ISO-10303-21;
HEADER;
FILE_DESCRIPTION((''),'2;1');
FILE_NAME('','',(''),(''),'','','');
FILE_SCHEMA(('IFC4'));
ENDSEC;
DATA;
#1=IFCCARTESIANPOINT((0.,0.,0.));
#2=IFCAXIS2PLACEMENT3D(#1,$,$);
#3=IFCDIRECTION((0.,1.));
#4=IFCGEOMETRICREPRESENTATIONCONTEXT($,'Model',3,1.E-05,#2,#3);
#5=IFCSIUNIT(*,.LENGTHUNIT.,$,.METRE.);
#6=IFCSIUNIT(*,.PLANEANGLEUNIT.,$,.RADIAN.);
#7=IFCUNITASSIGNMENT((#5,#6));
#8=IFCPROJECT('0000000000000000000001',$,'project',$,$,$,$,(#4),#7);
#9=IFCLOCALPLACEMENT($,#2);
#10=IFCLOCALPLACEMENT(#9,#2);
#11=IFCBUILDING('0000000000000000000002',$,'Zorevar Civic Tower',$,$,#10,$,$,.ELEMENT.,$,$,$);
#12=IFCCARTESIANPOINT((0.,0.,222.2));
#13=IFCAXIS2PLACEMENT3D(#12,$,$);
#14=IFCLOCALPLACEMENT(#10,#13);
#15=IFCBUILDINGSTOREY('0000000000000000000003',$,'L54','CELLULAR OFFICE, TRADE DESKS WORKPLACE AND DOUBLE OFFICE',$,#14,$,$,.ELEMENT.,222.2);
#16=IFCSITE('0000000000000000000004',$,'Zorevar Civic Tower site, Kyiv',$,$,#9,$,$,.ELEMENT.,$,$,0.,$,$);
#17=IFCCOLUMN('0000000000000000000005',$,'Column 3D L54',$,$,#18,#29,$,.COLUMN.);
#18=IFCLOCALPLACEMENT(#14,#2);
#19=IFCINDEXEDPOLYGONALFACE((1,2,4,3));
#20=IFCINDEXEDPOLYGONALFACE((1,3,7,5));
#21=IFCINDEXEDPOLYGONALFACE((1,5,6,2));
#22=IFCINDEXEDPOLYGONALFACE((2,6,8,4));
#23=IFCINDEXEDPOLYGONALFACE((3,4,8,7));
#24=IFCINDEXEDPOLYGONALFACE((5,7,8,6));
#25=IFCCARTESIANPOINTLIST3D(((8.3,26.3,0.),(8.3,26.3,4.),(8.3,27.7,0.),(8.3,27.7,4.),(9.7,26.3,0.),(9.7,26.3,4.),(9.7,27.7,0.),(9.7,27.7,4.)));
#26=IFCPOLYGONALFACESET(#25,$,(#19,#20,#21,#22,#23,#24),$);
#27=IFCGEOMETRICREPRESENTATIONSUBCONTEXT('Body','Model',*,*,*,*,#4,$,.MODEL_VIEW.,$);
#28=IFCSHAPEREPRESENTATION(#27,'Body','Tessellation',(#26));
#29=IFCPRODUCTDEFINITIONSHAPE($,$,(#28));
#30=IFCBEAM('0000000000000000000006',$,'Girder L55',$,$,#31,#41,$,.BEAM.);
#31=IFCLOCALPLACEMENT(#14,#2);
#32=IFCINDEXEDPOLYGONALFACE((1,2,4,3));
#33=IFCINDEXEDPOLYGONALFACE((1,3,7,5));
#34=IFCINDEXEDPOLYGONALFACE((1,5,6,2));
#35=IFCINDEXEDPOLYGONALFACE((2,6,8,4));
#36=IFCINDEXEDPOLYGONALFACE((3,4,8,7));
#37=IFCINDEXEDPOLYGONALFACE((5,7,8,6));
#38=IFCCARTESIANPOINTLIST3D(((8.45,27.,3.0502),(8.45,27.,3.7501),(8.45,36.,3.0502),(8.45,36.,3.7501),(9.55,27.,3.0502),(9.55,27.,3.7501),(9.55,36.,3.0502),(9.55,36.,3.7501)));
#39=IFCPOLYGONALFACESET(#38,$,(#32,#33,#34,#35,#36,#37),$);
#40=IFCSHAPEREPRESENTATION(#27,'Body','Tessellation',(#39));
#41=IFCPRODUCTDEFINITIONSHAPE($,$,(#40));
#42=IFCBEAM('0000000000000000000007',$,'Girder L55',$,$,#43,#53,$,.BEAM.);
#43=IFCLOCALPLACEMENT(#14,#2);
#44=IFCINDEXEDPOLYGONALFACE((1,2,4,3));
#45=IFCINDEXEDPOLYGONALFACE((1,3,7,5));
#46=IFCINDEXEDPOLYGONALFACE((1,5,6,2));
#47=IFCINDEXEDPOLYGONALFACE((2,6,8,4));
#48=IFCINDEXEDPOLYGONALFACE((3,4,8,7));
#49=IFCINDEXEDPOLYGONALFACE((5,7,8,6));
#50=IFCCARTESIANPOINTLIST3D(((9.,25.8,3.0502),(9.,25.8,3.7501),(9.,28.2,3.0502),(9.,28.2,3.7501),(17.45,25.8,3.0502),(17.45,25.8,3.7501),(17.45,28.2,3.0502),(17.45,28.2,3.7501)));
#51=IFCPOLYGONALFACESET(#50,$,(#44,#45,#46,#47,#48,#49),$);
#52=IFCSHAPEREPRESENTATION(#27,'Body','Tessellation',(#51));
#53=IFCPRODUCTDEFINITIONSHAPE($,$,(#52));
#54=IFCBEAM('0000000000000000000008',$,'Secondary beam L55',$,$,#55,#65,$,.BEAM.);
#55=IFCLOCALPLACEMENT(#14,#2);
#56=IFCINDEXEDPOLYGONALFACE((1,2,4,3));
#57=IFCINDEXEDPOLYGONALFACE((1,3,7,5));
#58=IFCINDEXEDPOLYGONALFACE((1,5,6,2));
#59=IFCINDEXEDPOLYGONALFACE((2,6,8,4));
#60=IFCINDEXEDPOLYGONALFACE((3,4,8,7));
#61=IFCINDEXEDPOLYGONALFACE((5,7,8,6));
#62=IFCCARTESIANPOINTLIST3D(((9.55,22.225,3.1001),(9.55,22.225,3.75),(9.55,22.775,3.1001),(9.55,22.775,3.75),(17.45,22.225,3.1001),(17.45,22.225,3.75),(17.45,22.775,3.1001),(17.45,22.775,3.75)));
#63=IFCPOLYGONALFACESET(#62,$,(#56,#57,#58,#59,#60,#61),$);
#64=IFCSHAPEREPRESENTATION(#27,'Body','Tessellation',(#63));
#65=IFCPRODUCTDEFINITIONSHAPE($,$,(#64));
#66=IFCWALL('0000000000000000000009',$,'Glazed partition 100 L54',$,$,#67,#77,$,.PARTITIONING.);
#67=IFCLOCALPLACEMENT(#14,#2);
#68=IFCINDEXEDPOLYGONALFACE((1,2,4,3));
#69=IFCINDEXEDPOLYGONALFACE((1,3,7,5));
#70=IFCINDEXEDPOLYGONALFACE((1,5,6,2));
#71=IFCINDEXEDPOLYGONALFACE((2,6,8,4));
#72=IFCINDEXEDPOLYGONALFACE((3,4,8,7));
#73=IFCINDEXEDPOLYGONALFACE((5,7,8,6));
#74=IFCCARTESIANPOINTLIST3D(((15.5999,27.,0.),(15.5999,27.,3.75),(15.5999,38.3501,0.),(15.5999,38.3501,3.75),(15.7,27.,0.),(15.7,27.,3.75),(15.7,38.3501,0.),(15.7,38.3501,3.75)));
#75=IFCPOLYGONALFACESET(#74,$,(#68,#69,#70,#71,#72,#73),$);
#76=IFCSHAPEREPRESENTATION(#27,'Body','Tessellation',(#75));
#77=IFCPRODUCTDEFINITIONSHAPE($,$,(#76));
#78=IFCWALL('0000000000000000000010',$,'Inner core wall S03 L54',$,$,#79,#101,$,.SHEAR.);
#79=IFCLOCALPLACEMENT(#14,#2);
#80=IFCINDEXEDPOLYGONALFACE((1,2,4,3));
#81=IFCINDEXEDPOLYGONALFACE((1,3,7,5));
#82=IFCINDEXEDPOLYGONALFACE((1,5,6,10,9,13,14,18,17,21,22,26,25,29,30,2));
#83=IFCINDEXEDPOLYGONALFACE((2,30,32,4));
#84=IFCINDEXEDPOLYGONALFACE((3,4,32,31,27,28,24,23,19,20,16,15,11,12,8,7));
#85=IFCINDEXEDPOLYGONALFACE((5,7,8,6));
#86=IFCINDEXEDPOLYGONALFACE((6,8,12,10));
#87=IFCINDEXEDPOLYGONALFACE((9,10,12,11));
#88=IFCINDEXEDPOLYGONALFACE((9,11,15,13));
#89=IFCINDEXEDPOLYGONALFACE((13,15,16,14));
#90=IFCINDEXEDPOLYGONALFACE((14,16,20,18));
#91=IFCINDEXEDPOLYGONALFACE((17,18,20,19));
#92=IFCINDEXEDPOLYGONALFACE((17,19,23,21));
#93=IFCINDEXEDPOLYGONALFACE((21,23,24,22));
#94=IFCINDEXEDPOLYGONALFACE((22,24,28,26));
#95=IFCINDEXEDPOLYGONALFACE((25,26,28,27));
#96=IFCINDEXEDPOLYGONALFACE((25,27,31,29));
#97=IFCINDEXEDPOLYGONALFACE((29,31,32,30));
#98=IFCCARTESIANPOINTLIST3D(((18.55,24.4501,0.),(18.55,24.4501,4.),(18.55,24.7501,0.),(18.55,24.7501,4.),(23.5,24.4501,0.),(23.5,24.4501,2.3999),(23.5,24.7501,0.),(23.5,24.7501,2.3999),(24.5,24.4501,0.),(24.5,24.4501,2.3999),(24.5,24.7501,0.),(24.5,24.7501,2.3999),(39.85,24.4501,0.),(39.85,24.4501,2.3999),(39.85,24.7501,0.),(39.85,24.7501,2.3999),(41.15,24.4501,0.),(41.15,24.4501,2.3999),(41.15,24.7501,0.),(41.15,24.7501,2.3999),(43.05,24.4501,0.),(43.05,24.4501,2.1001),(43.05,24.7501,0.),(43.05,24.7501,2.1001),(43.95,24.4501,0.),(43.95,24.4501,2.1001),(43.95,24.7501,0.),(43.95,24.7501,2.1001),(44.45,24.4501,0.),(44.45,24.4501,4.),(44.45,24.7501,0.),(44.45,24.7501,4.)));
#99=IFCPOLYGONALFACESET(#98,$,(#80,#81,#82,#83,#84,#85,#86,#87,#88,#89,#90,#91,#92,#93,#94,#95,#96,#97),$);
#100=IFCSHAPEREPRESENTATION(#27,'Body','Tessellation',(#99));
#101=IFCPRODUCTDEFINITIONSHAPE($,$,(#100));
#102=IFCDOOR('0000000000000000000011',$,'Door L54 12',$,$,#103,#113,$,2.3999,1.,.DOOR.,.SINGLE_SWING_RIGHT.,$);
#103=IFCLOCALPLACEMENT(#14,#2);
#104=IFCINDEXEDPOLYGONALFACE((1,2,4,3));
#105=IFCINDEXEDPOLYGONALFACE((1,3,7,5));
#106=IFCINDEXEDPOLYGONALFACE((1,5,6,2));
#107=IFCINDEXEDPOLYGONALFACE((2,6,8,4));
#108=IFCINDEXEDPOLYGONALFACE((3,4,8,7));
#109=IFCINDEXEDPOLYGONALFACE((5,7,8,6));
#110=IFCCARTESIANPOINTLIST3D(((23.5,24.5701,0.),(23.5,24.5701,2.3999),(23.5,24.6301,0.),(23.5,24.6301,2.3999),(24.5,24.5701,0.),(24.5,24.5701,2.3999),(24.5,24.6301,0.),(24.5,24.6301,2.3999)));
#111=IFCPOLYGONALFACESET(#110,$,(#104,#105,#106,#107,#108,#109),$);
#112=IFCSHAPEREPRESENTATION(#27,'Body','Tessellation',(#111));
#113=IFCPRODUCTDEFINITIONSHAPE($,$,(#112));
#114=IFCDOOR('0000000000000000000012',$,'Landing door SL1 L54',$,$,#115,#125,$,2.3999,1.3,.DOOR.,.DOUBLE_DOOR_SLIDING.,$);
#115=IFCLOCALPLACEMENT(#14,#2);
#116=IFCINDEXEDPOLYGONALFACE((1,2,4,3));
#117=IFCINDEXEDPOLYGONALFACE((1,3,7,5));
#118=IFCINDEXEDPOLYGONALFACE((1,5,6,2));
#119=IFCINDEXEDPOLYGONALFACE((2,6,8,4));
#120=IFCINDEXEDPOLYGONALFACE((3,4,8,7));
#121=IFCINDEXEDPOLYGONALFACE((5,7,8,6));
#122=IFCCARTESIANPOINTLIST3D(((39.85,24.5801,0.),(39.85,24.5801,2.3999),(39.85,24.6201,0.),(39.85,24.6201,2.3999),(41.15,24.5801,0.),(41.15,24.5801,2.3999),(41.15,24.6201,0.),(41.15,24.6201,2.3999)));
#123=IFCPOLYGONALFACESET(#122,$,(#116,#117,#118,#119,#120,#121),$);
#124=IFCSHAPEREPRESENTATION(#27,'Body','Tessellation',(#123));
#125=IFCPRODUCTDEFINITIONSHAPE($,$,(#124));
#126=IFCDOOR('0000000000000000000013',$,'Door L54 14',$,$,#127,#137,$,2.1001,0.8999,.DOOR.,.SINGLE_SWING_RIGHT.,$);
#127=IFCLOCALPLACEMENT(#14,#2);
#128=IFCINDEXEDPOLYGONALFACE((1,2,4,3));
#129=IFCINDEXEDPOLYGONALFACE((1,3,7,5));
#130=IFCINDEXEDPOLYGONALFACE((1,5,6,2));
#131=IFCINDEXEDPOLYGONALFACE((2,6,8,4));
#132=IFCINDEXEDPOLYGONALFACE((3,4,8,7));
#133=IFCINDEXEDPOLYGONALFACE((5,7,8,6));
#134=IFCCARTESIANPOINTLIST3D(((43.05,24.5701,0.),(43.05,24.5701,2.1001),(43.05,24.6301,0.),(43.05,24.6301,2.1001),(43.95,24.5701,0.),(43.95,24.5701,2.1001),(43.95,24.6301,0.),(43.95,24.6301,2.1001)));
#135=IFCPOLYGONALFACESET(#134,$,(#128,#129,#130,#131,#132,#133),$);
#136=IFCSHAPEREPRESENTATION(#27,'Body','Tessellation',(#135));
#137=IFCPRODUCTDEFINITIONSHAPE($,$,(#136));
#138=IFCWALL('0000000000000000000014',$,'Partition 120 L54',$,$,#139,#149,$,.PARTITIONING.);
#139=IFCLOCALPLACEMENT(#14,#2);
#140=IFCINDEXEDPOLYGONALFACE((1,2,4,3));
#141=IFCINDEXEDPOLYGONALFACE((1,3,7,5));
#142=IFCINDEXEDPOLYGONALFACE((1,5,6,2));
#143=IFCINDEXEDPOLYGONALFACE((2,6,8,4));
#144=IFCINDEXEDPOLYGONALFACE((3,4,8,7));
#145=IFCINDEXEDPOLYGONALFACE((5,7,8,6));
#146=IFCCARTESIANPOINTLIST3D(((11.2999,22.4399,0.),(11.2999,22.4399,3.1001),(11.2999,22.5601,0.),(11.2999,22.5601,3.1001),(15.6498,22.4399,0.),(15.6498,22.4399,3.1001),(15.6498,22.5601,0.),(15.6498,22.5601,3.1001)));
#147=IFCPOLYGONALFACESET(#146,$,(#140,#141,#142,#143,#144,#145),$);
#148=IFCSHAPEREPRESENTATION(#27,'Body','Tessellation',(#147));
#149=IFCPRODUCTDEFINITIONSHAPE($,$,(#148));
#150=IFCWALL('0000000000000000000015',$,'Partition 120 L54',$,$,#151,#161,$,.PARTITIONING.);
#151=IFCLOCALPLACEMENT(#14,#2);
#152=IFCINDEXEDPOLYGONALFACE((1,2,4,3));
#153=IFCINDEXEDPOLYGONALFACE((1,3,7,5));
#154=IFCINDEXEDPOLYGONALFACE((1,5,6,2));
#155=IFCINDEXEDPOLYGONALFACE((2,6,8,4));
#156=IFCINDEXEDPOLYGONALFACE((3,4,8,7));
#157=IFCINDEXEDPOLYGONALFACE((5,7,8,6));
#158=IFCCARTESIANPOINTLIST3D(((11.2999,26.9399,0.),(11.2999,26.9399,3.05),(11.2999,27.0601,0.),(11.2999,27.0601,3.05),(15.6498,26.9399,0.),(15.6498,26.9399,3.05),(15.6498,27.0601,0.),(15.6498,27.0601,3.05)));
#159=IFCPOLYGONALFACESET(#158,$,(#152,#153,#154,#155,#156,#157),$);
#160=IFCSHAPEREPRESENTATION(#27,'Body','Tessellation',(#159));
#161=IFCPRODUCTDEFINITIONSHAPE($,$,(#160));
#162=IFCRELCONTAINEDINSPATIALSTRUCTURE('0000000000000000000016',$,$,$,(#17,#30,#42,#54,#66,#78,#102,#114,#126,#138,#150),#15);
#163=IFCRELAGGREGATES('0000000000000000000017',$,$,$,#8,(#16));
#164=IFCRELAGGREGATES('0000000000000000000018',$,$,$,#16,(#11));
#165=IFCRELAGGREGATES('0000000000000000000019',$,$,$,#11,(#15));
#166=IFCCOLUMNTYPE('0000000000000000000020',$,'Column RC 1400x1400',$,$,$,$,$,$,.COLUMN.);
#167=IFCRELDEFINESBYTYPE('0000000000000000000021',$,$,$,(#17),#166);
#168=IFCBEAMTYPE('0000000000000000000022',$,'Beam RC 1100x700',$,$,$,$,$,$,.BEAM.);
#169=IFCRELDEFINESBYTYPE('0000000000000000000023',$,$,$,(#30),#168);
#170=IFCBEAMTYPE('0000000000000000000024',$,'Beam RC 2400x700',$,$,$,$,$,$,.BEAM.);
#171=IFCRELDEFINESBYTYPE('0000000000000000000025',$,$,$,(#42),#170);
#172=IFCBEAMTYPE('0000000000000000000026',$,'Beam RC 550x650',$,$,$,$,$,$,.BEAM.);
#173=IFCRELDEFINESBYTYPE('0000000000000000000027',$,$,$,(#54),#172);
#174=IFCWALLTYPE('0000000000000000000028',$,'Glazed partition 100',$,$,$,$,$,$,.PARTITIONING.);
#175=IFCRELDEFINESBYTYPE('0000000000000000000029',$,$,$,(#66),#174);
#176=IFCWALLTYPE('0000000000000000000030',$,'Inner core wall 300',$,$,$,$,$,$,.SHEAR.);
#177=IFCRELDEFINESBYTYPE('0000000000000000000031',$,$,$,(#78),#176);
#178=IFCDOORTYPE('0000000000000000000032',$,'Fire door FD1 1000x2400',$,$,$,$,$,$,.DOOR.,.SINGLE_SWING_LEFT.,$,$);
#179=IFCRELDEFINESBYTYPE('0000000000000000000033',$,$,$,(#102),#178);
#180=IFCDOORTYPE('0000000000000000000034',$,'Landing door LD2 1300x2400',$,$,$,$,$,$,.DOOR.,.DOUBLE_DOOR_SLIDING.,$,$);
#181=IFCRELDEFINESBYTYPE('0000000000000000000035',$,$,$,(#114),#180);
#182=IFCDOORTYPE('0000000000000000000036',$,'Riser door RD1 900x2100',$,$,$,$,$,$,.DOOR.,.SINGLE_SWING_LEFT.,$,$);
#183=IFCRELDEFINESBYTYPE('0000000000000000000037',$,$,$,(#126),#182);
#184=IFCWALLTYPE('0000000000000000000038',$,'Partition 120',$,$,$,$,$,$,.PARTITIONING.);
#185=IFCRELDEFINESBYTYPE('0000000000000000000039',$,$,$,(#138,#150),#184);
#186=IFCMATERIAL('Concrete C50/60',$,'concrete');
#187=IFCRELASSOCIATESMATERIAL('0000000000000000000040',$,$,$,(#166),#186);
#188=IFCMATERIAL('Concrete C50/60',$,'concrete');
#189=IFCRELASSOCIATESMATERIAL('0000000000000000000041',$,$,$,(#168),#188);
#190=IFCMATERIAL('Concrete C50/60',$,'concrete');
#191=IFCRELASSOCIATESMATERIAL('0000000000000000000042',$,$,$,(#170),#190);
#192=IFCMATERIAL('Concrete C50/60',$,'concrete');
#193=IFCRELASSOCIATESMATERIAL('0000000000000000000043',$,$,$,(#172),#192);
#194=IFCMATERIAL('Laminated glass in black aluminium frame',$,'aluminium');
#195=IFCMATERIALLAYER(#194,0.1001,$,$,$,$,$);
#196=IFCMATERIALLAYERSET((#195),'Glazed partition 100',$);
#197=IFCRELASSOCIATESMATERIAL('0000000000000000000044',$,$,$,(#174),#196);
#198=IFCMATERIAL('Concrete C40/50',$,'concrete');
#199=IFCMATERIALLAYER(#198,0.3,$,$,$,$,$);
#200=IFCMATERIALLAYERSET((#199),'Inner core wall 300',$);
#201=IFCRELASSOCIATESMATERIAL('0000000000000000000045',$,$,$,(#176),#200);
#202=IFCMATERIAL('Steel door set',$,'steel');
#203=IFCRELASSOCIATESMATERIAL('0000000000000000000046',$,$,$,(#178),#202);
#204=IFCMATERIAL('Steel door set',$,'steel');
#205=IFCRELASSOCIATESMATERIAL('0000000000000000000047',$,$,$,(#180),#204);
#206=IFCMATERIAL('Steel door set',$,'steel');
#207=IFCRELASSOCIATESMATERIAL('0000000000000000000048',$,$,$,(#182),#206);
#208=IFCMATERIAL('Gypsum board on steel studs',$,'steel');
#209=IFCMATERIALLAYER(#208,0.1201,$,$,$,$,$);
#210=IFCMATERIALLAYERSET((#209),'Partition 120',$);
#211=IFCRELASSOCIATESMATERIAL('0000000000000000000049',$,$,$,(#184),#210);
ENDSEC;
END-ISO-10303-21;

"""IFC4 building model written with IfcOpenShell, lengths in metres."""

from ifc_helpers import new_model, si_unit, direction, frame, frame_2d, origin, origin_2d, place, context, subcontext, project, spatial, rectangle, extrude, material, layer, layer_set, material_profile, profile_set, type_object, element, fill, save


model = new_model("IFC4")

# Units and contexts
model_context = context("Model", 3, precision=1e-05, world=origin(), true_north=direction((0.0, 1.0)))
body_context = subcontext(model_context, "Body", "Model", "MODEL_VIEW")
ifc_project = project(units=[si_unit("LENGTHUNIT", "METRE"), si_unit("PLANEANGLEUNIT", "RADIAN")], contexts=[model_context])

# Site, building, storey
site_placement = place(None, origin())
site = spatial("IfcSite", under=ifc_project, at=site_placement, Name="Zorevar Civic Tower site, Kyiv", CompositionType="ELEMENT", RefElevation=0.0)
building_placement = place(site_placement, origin())
building = spatial("IfcBuilding", under=site, at=building_placement, Name="Zorevar Civic Tower", CompositionType="ELEMENT")
storey_placement = place(building_placement, frame((0.0, 0.0, 222.2)))
storey = spatial("IfcBuildingStorey", under=building, at=storey_placement, Name="L54", Description="CELLULAR OFFICE, TRADE DESKS WORKPLACE AND DOUBLE OFFICE", CompositionType="ELEMENT", Elevation=222.2)

# Column
ifc_material_1 = material(Name="Concrete C50/60", Category="concrete")
ifc_material_profile_1 = material_profile(ifc_material_1, rectangle(XDim=1.3999, YDim=1.3999, at=origin_2d()), Name="RC 1400x1400")
ifc_profile_set_1 = profile_set([ifc_material_profile_1], Name="Concrete C50/60")
column_type = type_object("IfcColumnType", Name="Column RC 1400x1400", PredefinedType="COLUMN", material=ifc_profile_set_1)
column_placement = place(storey_placement, frame((9.0, 27.0, 0.0), z_axis=(0.0, 0.0, 1.0), x_axis=(1.0, 0.0, 0.0)))
element("IfcColumn", 1, at=column_placement, inside=storey, type_object=column_type, Name="Column 3D L54", PredefinedType="COLUMN", context=body_context, shape_type="SweptSolid", body=[
    extrude(rectangle(XDim=1.3999, YDim=1.3999, at=origin_2d()), origin(), (0.0, 0.0, 1.0), 4.0),
])

# Beams
ifc_material_2 = material(Name="Concrete C50/60", Category="concrete")
ifc_material_profile_2 = material_profile(ifc_material_2, rectangle(XDim=1.1001, YDim=0.7, at=origin_2d()), Name="RC 1100x700")
ifc_profile_set_2 = profile_set([ifc_material_profile_2], Name="Concrete C50/60")
beam_type_1 = type_object("IfcBeamType", Name="Beam RC 1100x700", PredefinedType="BEAM", material=ifc_profile_set_2)
beam_1_placement = place(storey_placement, frame((9.0, 27.0, 3.4001), z_axis=(0.0, 1.0, 0.0), x_axis=(-1.0, 0.0, 0.0)))
element("IfcBeam", 2, at=beam_1_placement, inside=storey, type_object=beam_type_1, Name="Girder L55", PredefinedType="BEAM", context=body_context, shape_type="SweptSolid", body=[
    extrude(rectangle(XDim=1.1001, YDim=0.7, at=origin_2d()), origin(), (0.0, 0.0, 1.0), 9.0),
])
ifc_material_3 = material(Name="Concrete C50/60", Category="concrete")
ifc_material_profile_3 = material_profile(ifc_material_3, rectangle(XDim=2.3999, YDim=0.7, at=origin_2d()), Name="RC 2400x700")
ifc_profile_set_3 = profile_set([ifc_material_profile_3], Name="Concrete C50/60")
beam_type_2 = type_object("IfcBeamType", Name="Beam RC 2400x700", PredefinedType="BEAM", material=ifc_profile_set_3)
beam_2_placement = place(storey_placement, frame((9.0, 27.0, 3.4001), z_axis=(1.0, 0.0, 0.0), x_axis=(0.0, 1.0, 0.0)))
element("IfcBeam", 3, at=beam_2_placement, inside=storey, type_object=beam_type_2, Name="Girder L55", PredefinedType="BEAM", context=body_context, shape_type="SweptSolid", body=[
    extrude(rectangle(XDim=2.3999, YDim=0.7, at=origin_2d()), origin(), (0.0, 0.0, 1.0), 8.45),
])
ifc_material_4 = material(Name="Concrete C50/60", Category="concrete")
ifc_material_profile_4 = material_profile(ifc_material_4, rectangle(XDim=0.55, YDim=0.6499, at=origin_2d()), Name="RC 550x650")
ifc_profile_set_4 = profile_set([ifc_material_profile_4], Name="Concrete C50/60")
beam_type_3 = type_object("IfcBeamType", Name="Beam RC 550x650", PredefinedType="BEAM", material=ifc_profile_set_4)
beam_3_placement = place(storey_placement, frame((9.55, 22.5, 3.425), z_axis=(1.0, 0.0, 0.0), x_axis=(0.0, 1.0, 0.0)))
element("IfcBeam", 4, at=beam_3_placement, inside=storey, type_object=beam_type_3, Name="Secondary beam L55", PredefinedType="BEAM", context=body_context, shape_type="SweptSolid", body=[
    extrude(rectangle(XDim=0.55, YDim=0.6499, at=origin_2d()), origin(), (0.0, 0.0, 1.0), 7.8999),
])

# Wall
ifc_material_5 = material(Name="Laminated glass in black aluminium frame", Category="aluminium")
ifc_layer_1 = layer(ifc_material_5, 0.1001)
ifc_layer_set_1 = layer_set([ifc_layer_1], Name="Glazed partition 100")
wall_type_1 = type_object("IfcWallType", Name="Glazed partition 100", PredefinedType="PARTITIONING", material=ifc_layer_set_1)
wall_1_placement = place(storey_placement, frame((15.6499, 27.0, 0.0), z_axis=(0.0, 0.0, 1.0), x_axis=(0.0, 1.0, 0.0)))
element("IfcWall", 5, at=wall_1_placement, inside=storey, type_object=wall_type_1, Name="Glazed partition 100 L54", PredefinedType="PARTITIONING", context=body_context, shape_type="SweptSolid", body=[
    extrude(rectangle(XDim=11.3501, YDim=0.1001, at=frame_2d((5.675, 0.0))), origin(), (0.0, 0.0, 1.0), 3.75),
])

# Wall, openings, doors
ifc_material_6 = material(Name="Concrete C40/50", Category="concrete")
ifc_layer_2 = layer(ifc_material_6, 0.3)
ifc_layer_set_2 = layer_set([ifc_layer_2], Name="Inner core wall 300")
wall_type_2 = type_object("IfcWallType", Name="Inner core wall 300", PredefinedType="SHEAR", material=ifc_layer_set_2)
wall_2_placement = place(storey_placement, frame((18.55, 24.6001, 0.0), z_axis=(0.0, 0.0, 1.0), x_axis=(1.0, 0.0, 0.0)))
wall_2 = element("IfcWall", 6, at=wall_2_placement, inside=storey, type_object=wall_type_2, Name="Inner core wall S03 L54", PredefinedType="SHEAR", context=body_context, shape_type="SweptSolid", body=[
    extrude(rectangle(XDim=25.8999, YDim=0.3, at=frame_2d((12.95, 0.0))), origin(), (0.0, 0.0, 1.0), 4.0),
])
opening_1_placement = place(wall_2_placement, frame((4.95, 0.0, 0.0)))
opening_1 = element("IfcOpeningElement", 7, at=opening_1_placement, cuts=wall_2, PredefinedType="OPENING", context=body_context, shape_type="SweptSolid", body=[
    extrude(rectangle(XDim=1.0, YDim=2.3999, at=frame_2d((0.5, 1.2))), frame((0.0, 0.1599, 0.0), z_axis=(0.0, -1.0, 0.0), x_axis=(1.0, 0.0, 0.0)), (0.0, 0.0, 1.0), 0.3201),
])
opening_2_placement = place(wall_2_placement, frame((24.5, 0.0, 0.0)))
opening_2 = element("IfcOpeningElement", 8, at=opening_2_placement, cuts=wall_2, PredefinedType="OPENING", context=body_context, shape_type="SweptSolid", body=[
    extrude(rectangle(XDim=0.8999, YDim=2.1001, at=frame_2d((0.45, 1.05))), frame((0.0, 0.1599, 0.0), z_axis=(0.0, -1.0, 0.0), x_axis=(1.0, 0.0, 0.0)), (0.0, 0.0, 1.0), 0.3201),
])
opening_3_placement = place(wall_2_placement, frame((21.3, 0.0, 0.0)))
opening_3 = element("IfcOpeningElement", 9, at=opening_3_placement, cuts=wall_2, PredefinedType="OPENING", context=body_context, shape_type="SweptSolid", body=[
    extrude(rectangle(XDim=1.3, YDim=2.3999, at=frame_2d((0.6499, 1.2))), frame((0.0, 0.1599, 0.0), z_axis=(0.0, -1.0, 0.0), x_axis=(1.0, 0.0, 0.0)), (0.0, 0.0, 1.0), 0.3201),
])
ifc_material_7 = material(Name="Steel door set", Category="steel")
door_type_1 = type_object("IfcDoorType", Name="Fire door FD1 1000x2400", OperationType="SINGLE_SWING_LEFT", PredefinedType="DOOR", material=ifc_material_7)
door_1_placement = place(opening_1_placement, origin())
door_1 = element("IfcDoor", 10, at=door_1_placement, inside=storey, type_object=door_type_1, Name="Door L54 12", OperationType="SINGLE_SWING_RIGHT", OverallHeight=2.3999, OverallWidth=1.0, PredefinedType="DOOR", context=body_context, shape_type="SweptSolid", body=[
    extrude(rectangle(XDim=1.0, YDim=2.3999, at=frame_2d((0.5, 1.2))), frame((0.0, 0.03, 0.0), z_axis=(0.0, -1.0, 0.0), x_axis=(1.0, 0.0, 0.0)), (0.0, 0.0, 1.0), 0.0601),
])
fill(opening_1, door_1)
ifc_material_8 = material(Name="Steel door set", Category="steel")
door_type_2 = type_object("IfcDoorType", Name="Landing door LD2 1300x2400", OperationType="DOUBLE_DOOR_SLIDING", PredefinedType="DOOR", material=ifc_material_8)
door_2_placement = place(opening_3_placement, origin())
door_2 = element("IfcDoor", 11, at=door_2_placement, inside=storey, type_object=door_type_2, Name="Landing door SL1 L54", OperationType="DOUBLE_DOOR_SLIDING", OverallHeight=2.3999, OverallWidth=1.3, PredefinedType="DOOR", context=body_context, shape_type="SweptSolid", body=[
    extrude(rectangle(XDim=1.3, YDim=2.3999, at=frame_2d((0.6499, 1.2))), frame((0.0, 0.02, 0.0), z_axis=(0.0, -1.0, 0.0), x_axis=(1.0, 0.0, 0.0)), (0.0, 0.0, 1.0), 0.04),
])
fill(opening_3, door_2)
ifc_material_9 = material(Name="Steel door set", Category="steel")
door_type_3 = type_object("IfcDoorType", Name="Riser door RD1 900x2100", OperationType="SINGLE_SWING_LEFT", PredefinedType="DOOR", material=ifc_material_9)
door_3_placement = place(opening_2_placement, origin())
door_3 = element("IfcDoor", 12, at=door_3_placement, inside=storey, type_object=door_type_3, Name="Door L54 14", OperationType="SINGLE_SWING_RIGHT", OverallHeight=2.1001, OverallWidth=0.8999, PredefinedType="DOOR", context=body_context, shape_type="SweptSolid", body=[
    extrude(rectangle(XDim=0.8999, YDim=2.1001, at=frame_2d((0.45, 1.05))), frame((0.0, 0.03, 0.0), z_axis=(0.0, -1.0, 0.0), x_axis=(1.0, 0.0, 0.0)), (0.0, 0.0, 1.0), 0.0601),
])
fill(opening_2, door_3)

# Walls
ifc_material_10 = material(Name="Gypsum board on steel studs", Category="steel")
ifc_layer_3 = layer(ifc_material_10, 0.1201)
ifc_layer_set_3 = layer_set([ifc_layer_3], Name="Partition 120")
wall_type_3 = type_object("IfcWallType", Name="Partition 120", PredefinedType="PARTITIONING", material=ifc_layer_set_3)
wall_3_placement = place(storey_placement, frame((11.3, 22.5, 0.0), z_axis=(0.0, 0.0, 1.0), x_axis=(1.0, 0.0, 0.0)))
element("IfcWall", 13, at=wall_3_placement, inside=storey, type_object=wall_type_3, Name="Partition 120 L54", PredefinedType="PARTITIONING", context=body_context, shape_type="SweptSolid", body=[
    extrude(rectangle(XDim=4.3499, YDim=0.1201, at=frame_2d((2.1748, 0.0))), origin(), (0.0, 0.0, 1.0), 3.1001),
])
wall_4_placement = place(storey_placement, frame((11.3, 27.0, 0.0), z_axis=(0.0, 0.0, 1.0), x_axis=(1.0, 0.0, 0.0)))
element("IfcWall", 14, at=wall_4_placement, inside=storey, type_object=wall_type_3, Name="Partition 120 L54", PredefinedType="PARTITIONING", context=body_context, shape_type="SweptSolid", body=[
    extrude(rectangle(XDim=4.3499, YDim=0.1201, at=frame_2d((2.1748, 0.0))), origin(), (0.0, 0.0, 1.0), 3.05),
])

save(model, "model.ifc")
